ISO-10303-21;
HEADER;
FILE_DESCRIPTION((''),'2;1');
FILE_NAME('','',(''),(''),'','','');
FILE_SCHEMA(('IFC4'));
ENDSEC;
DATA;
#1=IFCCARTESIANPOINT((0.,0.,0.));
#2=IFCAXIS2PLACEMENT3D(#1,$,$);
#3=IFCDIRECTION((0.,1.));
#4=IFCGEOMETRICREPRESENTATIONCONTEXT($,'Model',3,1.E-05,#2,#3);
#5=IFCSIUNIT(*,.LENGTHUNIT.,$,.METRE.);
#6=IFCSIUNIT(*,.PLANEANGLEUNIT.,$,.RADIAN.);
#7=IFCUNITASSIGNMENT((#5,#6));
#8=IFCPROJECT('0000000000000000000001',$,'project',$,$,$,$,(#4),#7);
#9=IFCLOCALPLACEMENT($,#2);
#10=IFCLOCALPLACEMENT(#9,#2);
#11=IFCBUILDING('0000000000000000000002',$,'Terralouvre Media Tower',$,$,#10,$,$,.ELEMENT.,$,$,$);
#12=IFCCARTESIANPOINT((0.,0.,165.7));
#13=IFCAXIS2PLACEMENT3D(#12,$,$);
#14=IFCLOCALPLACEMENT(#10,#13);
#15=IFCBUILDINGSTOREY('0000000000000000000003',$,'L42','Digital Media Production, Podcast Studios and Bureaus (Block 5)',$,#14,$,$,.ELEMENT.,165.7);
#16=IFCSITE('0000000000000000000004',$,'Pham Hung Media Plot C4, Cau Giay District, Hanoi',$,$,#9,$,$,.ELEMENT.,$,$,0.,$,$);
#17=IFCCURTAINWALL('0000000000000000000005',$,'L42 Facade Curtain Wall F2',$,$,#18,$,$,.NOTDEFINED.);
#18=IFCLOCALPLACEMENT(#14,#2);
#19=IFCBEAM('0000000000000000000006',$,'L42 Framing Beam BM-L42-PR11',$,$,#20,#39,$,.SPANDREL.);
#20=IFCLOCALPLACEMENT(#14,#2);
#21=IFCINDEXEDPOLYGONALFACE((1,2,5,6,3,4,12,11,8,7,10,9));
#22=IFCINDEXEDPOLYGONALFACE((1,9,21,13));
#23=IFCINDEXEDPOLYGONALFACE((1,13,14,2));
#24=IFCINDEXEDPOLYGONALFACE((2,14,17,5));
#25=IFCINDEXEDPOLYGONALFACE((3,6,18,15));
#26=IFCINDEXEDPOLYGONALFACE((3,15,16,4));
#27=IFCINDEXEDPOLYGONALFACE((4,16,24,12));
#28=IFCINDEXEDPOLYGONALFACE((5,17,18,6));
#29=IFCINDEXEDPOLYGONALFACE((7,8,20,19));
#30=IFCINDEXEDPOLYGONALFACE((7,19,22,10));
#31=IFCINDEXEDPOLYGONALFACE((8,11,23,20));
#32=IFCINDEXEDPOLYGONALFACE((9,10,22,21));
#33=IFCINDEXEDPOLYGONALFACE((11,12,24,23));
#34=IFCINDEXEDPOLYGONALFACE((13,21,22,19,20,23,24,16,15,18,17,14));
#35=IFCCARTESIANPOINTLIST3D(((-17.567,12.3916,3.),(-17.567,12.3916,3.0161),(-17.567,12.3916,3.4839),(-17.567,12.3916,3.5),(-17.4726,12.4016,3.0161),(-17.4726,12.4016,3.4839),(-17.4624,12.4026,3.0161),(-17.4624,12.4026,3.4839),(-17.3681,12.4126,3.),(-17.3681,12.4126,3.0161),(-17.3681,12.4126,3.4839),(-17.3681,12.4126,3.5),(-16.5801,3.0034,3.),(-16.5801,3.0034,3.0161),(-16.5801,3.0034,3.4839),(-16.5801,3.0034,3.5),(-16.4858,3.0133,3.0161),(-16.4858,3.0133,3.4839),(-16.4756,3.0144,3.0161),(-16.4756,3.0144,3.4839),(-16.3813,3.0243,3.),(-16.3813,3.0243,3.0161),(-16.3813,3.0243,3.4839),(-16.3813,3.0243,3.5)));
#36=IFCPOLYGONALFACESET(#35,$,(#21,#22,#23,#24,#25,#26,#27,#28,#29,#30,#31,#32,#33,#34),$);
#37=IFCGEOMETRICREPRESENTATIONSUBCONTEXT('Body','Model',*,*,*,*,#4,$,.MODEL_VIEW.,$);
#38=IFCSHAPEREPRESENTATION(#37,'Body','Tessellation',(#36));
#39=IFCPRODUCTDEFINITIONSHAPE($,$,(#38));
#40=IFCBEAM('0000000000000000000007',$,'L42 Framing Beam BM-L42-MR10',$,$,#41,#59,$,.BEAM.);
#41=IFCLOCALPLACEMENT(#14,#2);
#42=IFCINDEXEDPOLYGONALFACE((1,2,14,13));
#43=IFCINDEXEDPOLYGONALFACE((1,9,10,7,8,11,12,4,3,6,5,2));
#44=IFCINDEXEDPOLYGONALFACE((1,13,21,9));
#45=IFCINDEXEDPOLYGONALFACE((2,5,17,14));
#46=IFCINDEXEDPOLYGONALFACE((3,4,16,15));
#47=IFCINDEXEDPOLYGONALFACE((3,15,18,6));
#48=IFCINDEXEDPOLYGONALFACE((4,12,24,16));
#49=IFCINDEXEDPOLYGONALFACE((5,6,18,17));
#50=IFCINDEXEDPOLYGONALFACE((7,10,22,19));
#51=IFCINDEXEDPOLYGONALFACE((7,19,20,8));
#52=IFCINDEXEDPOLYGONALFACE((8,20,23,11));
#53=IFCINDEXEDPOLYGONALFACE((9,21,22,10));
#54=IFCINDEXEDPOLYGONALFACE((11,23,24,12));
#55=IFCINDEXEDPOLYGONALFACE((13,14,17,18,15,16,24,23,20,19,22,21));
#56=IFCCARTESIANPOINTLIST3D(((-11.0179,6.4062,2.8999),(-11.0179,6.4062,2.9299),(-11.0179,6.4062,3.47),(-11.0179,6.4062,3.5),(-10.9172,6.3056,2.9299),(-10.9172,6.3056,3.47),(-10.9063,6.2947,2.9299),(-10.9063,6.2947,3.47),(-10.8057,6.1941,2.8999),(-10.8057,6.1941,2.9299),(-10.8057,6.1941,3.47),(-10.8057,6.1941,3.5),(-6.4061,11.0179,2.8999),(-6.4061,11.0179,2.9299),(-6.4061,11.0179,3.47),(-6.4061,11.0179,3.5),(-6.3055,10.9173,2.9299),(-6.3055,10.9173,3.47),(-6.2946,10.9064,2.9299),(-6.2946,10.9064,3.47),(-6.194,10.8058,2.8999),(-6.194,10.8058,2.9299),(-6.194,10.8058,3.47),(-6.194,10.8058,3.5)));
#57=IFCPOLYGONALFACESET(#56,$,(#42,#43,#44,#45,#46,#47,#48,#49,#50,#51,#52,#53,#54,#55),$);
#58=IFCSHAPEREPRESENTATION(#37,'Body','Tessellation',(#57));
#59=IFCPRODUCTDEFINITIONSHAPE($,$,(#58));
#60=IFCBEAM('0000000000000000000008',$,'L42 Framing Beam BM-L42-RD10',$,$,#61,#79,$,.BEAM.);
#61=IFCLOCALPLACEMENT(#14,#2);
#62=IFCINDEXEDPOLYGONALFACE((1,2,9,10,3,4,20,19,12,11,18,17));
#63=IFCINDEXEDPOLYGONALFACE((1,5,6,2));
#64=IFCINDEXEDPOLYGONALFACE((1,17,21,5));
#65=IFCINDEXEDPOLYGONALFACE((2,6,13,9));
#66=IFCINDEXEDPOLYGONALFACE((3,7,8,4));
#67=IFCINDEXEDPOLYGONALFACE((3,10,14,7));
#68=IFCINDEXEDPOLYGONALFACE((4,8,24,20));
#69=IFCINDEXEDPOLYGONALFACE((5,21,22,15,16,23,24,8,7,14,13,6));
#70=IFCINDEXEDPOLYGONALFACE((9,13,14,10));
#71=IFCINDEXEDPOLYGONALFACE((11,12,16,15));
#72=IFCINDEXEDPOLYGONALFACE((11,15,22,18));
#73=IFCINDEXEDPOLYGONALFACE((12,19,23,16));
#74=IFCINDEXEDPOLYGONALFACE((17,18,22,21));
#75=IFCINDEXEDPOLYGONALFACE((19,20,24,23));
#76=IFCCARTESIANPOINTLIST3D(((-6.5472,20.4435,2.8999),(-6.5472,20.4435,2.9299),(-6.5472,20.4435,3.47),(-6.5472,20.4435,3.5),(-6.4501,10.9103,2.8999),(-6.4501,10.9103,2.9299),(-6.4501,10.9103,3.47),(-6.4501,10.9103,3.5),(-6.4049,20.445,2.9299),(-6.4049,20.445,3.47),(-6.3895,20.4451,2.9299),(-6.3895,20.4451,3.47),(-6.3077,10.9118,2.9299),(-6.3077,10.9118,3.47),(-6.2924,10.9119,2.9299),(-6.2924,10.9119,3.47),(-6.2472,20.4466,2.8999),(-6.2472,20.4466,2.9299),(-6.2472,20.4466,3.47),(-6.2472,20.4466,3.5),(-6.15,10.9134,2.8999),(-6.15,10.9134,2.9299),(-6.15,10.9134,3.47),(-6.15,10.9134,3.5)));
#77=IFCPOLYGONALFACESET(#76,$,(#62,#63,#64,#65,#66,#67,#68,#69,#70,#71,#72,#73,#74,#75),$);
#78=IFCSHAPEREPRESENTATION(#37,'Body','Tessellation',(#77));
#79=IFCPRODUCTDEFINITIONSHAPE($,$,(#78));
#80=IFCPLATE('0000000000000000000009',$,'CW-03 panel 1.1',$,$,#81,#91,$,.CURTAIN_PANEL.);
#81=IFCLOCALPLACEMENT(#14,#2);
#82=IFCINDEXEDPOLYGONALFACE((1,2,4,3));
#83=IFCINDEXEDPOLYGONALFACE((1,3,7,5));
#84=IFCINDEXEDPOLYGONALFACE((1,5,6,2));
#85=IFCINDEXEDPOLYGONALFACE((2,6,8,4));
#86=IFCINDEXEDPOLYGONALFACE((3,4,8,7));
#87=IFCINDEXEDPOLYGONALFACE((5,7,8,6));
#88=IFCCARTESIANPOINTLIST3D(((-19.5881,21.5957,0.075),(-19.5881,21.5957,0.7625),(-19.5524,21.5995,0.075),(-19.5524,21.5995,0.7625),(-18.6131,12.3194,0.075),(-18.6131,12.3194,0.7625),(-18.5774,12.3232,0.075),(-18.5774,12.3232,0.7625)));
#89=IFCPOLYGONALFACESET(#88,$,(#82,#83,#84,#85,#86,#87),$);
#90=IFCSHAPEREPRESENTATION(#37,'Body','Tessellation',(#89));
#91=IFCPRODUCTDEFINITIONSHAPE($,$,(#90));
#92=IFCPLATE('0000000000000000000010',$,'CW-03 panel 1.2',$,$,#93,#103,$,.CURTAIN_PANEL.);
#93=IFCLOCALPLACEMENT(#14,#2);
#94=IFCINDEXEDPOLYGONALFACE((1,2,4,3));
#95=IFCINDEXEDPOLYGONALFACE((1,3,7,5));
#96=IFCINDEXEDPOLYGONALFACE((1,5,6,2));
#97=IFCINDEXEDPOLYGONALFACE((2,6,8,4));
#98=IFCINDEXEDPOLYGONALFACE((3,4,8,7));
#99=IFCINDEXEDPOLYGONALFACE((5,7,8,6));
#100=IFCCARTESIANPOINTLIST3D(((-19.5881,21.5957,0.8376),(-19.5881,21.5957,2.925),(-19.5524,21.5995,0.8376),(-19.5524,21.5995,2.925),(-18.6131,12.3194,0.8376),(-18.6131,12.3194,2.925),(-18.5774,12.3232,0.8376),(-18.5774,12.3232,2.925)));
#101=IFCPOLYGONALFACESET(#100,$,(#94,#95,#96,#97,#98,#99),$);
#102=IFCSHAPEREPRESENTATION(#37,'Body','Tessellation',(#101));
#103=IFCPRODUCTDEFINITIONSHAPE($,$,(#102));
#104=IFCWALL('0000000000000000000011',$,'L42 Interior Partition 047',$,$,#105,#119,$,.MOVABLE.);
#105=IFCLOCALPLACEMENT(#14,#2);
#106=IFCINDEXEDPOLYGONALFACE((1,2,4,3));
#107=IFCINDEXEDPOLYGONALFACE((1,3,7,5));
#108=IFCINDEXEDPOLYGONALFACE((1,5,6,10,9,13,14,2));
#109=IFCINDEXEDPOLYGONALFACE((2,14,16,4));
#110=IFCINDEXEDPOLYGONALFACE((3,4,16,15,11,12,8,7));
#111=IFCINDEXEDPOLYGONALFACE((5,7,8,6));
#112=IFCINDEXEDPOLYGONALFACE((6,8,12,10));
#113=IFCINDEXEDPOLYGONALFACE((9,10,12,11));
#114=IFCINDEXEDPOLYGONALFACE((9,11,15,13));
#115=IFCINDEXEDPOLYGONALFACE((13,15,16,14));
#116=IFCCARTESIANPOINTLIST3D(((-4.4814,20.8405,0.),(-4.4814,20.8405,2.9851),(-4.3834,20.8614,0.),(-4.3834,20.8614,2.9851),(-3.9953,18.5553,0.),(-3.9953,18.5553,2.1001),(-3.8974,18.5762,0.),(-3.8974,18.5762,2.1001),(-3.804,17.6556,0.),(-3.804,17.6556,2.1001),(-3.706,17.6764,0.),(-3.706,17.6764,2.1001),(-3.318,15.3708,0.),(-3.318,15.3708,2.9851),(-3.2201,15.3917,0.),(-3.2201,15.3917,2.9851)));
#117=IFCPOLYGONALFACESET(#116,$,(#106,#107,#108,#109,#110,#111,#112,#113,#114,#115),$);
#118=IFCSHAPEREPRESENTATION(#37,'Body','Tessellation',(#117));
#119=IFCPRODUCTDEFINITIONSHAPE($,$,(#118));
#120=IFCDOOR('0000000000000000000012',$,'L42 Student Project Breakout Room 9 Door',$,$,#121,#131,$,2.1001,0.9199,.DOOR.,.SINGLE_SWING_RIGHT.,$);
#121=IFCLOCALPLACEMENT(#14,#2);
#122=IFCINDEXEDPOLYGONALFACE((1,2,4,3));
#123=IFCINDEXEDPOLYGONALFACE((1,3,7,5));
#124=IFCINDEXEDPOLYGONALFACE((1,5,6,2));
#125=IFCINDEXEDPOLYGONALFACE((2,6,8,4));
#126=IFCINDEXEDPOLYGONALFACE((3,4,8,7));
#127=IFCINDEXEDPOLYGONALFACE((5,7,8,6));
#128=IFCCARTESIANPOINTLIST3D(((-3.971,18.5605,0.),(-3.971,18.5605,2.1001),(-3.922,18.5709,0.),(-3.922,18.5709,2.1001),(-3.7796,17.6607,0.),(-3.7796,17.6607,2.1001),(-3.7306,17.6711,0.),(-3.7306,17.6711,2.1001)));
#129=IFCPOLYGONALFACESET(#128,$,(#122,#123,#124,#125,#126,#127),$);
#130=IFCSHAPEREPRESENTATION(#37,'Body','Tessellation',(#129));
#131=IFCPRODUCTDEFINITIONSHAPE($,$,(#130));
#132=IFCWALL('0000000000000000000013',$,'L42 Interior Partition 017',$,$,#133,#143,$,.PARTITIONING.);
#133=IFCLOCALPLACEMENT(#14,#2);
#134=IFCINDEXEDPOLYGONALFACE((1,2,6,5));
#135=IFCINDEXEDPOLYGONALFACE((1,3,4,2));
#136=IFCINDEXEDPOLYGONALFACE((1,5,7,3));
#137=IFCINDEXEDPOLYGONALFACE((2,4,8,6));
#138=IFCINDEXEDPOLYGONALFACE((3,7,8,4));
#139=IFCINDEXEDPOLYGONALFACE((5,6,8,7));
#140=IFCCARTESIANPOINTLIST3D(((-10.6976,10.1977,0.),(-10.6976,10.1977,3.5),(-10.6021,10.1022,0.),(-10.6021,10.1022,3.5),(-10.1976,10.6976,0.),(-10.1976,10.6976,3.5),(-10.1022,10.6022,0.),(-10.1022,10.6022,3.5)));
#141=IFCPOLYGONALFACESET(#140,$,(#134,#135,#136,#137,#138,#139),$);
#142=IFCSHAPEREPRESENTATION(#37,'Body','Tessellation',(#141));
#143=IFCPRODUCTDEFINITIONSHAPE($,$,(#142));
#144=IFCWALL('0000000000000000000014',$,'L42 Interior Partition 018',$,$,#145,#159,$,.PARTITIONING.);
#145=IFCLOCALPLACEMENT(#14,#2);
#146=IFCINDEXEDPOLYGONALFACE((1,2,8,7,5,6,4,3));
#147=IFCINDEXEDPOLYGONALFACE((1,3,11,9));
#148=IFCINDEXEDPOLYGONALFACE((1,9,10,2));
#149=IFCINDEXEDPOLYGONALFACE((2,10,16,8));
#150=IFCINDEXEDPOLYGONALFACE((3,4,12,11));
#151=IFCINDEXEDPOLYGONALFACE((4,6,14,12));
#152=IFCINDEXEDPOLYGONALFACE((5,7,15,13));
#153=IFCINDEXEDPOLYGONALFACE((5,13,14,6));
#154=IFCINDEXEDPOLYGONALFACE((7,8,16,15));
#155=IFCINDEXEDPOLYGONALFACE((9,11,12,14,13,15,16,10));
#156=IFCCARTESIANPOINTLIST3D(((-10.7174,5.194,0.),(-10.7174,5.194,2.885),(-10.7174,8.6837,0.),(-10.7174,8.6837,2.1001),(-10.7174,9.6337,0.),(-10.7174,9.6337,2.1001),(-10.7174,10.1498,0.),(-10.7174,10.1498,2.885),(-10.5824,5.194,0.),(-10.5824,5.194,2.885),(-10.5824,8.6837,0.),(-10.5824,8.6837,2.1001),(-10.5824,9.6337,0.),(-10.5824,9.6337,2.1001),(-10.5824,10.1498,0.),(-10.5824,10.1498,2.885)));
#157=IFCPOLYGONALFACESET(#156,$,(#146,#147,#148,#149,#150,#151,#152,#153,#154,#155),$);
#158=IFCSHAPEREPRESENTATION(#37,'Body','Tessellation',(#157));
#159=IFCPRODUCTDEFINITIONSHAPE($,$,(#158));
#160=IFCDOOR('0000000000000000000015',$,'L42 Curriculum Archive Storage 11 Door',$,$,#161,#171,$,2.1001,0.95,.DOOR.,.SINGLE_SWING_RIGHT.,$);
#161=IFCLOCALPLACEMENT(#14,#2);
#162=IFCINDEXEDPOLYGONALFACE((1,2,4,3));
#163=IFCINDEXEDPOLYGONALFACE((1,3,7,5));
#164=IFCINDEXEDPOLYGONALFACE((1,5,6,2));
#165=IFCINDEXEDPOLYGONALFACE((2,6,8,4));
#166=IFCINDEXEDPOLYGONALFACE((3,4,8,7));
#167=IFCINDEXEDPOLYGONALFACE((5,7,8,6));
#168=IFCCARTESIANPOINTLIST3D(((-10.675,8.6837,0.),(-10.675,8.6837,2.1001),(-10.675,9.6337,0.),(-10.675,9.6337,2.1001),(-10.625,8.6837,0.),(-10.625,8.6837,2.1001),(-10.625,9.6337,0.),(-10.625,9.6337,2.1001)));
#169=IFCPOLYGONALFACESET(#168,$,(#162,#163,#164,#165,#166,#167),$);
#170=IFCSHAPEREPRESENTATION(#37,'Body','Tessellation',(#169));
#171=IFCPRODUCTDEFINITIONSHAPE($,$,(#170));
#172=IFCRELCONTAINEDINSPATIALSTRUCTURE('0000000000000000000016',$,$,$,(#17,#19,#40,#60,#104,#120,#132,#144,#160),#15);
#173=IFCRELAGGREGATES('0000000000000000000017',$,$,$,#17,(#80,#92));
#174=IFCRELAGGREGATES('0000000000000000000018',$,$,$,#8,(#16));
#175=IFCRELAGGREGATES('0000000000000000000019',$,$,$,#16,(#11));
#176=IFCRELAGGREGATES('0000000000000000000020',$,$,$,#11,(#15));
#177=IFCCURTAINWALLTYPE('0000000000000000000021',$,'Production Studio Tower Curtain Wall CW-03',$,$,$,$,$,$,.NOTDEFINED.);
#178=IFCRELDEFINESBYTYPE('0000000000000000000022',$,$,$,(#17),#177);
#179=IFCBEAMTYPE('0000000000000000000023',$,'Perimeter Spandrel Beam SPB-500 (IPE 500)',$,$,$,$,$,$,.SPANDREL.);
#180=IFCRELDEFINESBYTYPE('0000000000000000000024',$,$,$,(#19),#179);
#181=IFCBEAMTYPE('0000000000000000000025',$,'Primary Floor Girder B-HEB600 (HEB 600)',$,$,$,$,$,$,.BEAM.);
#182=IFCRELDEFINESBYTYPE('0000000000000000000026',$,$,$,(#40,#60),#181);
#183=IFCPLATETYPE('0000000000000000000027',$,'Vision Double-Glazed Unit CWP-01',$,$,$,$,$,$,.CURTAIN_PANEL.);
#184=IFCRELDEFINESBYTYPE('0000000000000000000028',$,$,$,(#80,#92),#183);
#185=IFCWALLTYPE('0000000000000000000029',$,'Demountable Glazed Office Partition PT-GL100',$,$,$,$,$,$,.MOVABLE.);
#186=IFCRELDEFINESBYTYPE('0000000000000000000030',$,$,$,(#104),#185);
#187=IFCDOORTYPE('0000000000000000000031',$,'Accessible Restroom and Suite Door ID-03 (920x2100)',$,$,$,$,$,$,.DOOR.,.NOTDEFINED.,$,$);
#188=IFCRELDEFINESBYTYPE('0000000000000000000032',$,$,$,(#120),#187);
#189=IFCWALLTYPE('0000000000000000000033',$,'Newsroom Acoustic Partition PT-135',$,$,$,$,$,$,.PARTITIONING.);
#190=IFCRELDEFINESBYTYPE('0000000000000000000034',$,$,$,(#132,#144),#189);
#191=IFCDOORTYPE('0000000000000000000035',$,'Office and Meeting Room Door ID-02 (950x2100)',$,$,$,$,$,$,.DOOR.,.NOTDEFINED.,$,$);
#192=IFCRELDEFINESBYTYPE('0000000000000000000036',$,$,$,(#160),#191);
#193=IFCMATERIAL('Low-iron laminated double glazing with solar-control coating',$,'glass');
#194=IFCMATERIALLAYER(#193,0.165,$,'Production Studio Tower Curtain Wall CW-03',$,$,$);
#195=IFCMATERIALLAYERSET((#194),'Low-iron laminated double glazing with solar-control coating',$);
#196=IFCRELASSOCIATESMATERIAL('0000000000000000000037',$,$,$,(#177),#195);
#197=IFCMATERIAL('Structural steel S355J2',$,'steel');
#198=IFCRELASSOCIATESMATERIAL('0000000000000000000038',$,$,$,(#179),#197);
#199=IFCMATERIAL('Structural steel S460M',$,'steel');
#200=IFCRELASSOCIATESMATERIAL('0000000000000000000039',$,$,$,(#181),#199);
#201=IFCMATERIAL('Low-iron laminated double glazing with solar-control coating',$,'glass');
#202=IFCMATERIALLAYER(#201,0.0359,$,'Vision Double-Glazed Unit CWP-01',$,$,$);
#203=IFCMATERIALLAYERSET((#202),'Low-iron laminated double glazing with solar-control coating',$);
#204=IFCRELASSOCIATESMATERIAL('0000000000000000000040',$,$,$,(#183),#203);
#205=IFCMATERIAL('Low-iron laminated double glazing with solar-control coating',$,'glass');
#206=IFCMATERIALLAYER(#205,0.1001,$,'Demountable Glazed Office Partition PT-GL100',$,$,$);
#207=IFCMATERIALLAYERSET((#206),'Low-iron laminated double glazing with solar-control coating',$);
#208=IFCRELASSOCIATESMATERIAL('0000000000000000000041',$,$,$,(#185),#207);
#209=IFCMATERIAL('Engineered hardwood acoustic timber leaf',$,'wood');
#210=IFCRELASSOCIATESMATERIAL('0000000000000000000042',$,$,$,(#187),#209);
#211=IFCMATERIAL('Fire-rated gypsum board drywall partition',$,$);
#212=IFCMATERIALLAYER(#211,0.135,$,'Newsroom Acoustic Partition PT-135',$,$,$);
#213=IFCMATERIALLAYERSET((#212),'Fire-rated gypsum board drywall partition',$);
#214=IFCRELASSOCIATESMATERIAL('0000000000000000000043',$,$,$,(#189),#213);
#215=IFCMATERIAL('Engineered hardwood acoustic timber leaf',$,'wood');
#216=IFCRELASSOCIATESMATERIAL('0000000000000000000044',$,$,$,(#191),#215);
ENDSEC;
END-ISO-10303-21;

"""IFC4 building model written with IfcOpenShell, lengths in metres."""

from ifc_helpers import new_model, si_unit, direction, frame, frame_2d, origin, origin_2d, place, context, subcontext, project, spatial, rectangle, i_section, extrude, material, layer, layer_set, material_profile, profile_set, type_object, element, fill, aggregate, save


model = new_model("IFC4")

# Units and contexts
model_context = context("Model", 3, precision=1e-05, world=origin(), true_north=direction((0.0, 1.0)))
body_context = subcontext(model_context, "Body", "Model", "MODEL_VIEW")
ifc_project = project(units=[si_unit("LENGTHUNIT", "METRE"), si_unit("PLANEANGLEUNIT", "RADIAN")], contexts=[model_context])

# Site, building, storey
site_placement = place(None, origin())
site = spatial("IfcSite", under=ifc_project, at=site_placement, Name="Pham Hung Media Plot C4, Cau Giay District, Hanoi", CompositionType="ELEMENT", RefElevation=0.0)
building_placement = place(site_placement, origin())
building = spatial("IfcBuilding", under=site, at=building_placement, Name="Terralouvre Media Tower", CompositionType="ELEMENT")
storey_placement = place(building_placement, frame((0.0, 0.0, 165.7)))
storey = spatial("IfcBuildingStorey", under=building, at=storey_placement, Name="L42", Description="Digital Media Production, Podcast Studios and Bureaus (Block 5)", CompositionType="ELEMENT", Elevation=165.7)

# Curtain wall
ifc_material_1 = material(Name="Low-iron laminated double glazing with solar-control coating", Category="glass")
ifc_layer_1 = layer(ifc_material_1, 0.165, Name="Production Studio Tower Curtain Wall CW-03")
ifc_layer_set_1 = layer_set([ifc_layer_1], Name="Low-iron laminated double glazing with solar-control coating")
curtain_wall_type = type_object("IfcCurtainWallType", Name="Production Studio Tower Curtain Wall CW-03", PredefinedType="NOTDEFINED", material=ifc_layer_set_1)
curtain_wall_1_placement = place(storey_placement, origin())
curtain_wall_1 = element("IfcCurtainWall", 1, at=curtain_wall_1_placement, inside=storey, type_object=curtain_wall_type, Name="L42 Facade Curtain Wall F2", PredefinedType="NOTDEFINED")

# Beams
ifc_material_2 = material(Name="Structural steel S355J2", Category="steel")
ifc_material_profile_1 = material_profile(ifc_material_2, i_section(OverallWidth=0.2, OverallDepth=0.5, WebThickness=0.0103, FlangeThickness=0.0161, at=origin_2d()), Name="IPE 500")
ifc_profile_set_1 = profile_set([ifc_material_profile_1], Name="Structural steel S355J2")
beam_type_1 = type_object("IfcBeamType", Name="Perimeter Spandrel Beam SPB-500 (IPE 500)", PredefinedType="SPANDREL", material=ifc_profile_set_1)
beam_1_placement = place(storey_placement, frame((-17.4675, 12.4021, 3.25), z_axis=(0.104537, -0.994521, 0.0), x_axis=(0.994521, 0.104537, 0.0)))
element("IfcBeam", 2, at=beam_1_placement, inside=storey, type_object=beam_type_1, Name="L42 Framing Beam BM-L42-PR11", PredefinedType="SPANDREL", context=body_context, shape_type="SweptSolid", body=[
    extrude(i_section(OverallWidth=0.2, OverallDepth=0.5, WebThickness=0.0103, FlangeThickness=0.0161, at=origin_2d()), origin(), (0.0, 0.0, 1.0), 9.4399),
])
ifc_material_3 = material(Name="Structural steel S460M", Category="steel")
ifc_material_profile_2 = material_profile(ifc_material_3, i_section(OverallWidth=0.3, OverallDepth=0.6001, WebThickness=0.0154, FlangeThickness=0.03, at=origin_2d()), Name="HEB 600")
ifc_profile_set_2 = profile_set([ifc_material_profile_2], Name="Structural steel S460M")
beam_type_2 = type_object("IfcBeamType", Name="Primary Floor Girder B-HEB600 (HEB 600)", PredefinedType="BEAM", material=ifc_profile_set_2)
beam_2_placement = place(storey_placement, frame((-6.3, 10.9119, 3.2), z_axis=(-0.707107, -0.707107, 0.0), x_axis=(0.707107, -0.707107, 0.0)))
element("IfcBeam", 3, at=beam_2_placement, inside=storey, type_object=beam_type_2, Name="L42 Framing Beam BM-L42-MR10", PredefinedType="BEAM", context=body_context, shape_type="SweptSolid", body=[
    extrude(i_section(OverallWidth=0.3, OverallDepth=0.6001, WebThickness=0.0154, FlangeThickness=0.03, at=origin_2d()), origin(), (0.0, 0.0, 1.0), 6.522),
])
beam_3_placement = place(storey_placement, frame((-6.3, 10.9119, 3.2), z_axis=(-0.010192, 0.999948, 0.0), x_axis=(-0.999948, -0.010192, 0.0)))
element("IfcBeam", 4, at=beam_3_placement, inside=storey, type_object=beam_type_2, Name="L42 Framing Beam BM-L42-RD10", PredefinedType="BEAM", context=body_context, shape_type="SweptSolid", body=[
    extrude(i_section(OverallWidth=0.3, OverallDepth=0.6001, WebThickness=0.0154, FlangeThickness=0.03, at=origin_2d()), origin(), (0.0, 0.0, 1.0), 9.5337),
])

# Plates
ifc_material_4 = material(Name="Low-iron laminated double glazing with solar-control coating", Category="glass")
ifc_layer_2 = layer(ifc_material_4, 0.0359, Name="Vision Double-Glazed Unit CWP-01")
ifc_layer_set_2 = layer_set([ifc_layer_2], Name="Low-iron laminated double glazing with solar-control coating")
plate_type = type_object("IfcPlateType", Name="Vision Double-Glazed Unit CWP-01", PredefinedType="CURTAIN_PANEL", material=ifc_layer_set_2)
plate_1_placement = place(storey_placement, frame((-19.0828, 16.9595, 0.075), z_axis=(0.0, 0.0, 1.0), x_axis=(0.104528, -0.994522, 0.0)))
plate_1 = element("IfcPlate", 5, at=plate_1_placement, type_object=plate_type, Name="CW-03 panel 1.1", PredefinedType="CURTAIN_PANEL", context=body_context, shape_type="SweptSolid", body=[
    extrude(rectangle(XDim=9.3274, YDim=0.0359, at=origin_2d()), origin(), (0.0, 0.0, 1.0), 0.6875),
])
plate_2_placement = place(storey_placement, frame((-19.0828, 16.9595, 0.8376), z_axis=(0.0, 0.0, 1.0), x_axis=(0.104528, -0.994522, 0.0)))
plate_2 = element("IfcPlate", 6, at=plate_2_placement, type_object=plate_type, Name="CW-03 panel 1.2", PredefinedType="CURTAIN_PANEL", context=body_context, shape_type="SweptSolid", body=[
    extrude(rectangle(XDim=9.3274, YDim=0.0359, at=origin_2d()), origin(), (0.0, 0.0, 1.0), 2.0874),
])
aggregate(curtain_wall_1, [plate_1, plate_2])

# Wall, opening, door
ifc_material_5 = material(Name="Low-iron laminated double glazing with solar-control coating", Category="glass")
ifc_layer_3 = layer(ifc_material_5, 0.1001, Name="Demountable Glazed Office Partition PT-GL100")
ifc_layer_set_3 = layer_set([ifc_layer_3], Name="Low-iron laminated double glazing with solar-control coating")
wall_type_1 = type_object("IfcWallType", Name="Demountable Glazed Office Partition PT-GL100", PredefinedType="MOVABLE", material=ifc_layer_set_3)
wall_1_placement = place(storey_placement, frame((-4.4324, 20.8508, 0.0), z_axis=(0.0, 0.0, 1.0), x_axis=(0.208032, -0.978122, 0.0)))
wall_1 = element("IfcWall", 7, at=wall_1_placement, inside=storey, type_object=wall_type_1, Name="L42 Interior Partition 047", PredefinedType="MOVABLE", context=body_context, shape_type="SweptSolid", body=[
    extrude(rectangle(XDim=5.592, YDim=0.1001, at=frame_2d((2.7959, 0.0))), origin(), (0.0, 0.0, 1.0), 2.9851),
])
opening_1_placement = place(wall_1_placement, frame((2.3362, 0.0, 0.0)))
opening_1 = element("IfcOpeningElement", 8, at=opening_1_placement, cuts=wall_1, PredefinedType="OPENING", context=body_context, shape_type="SweptSolid", body=[
    extrude(rectangle(XDim=0.9199, YDim=2.1001, at=frame_2d((0.46, 1.05))), frame((0.0, 0.0601, 0.0), z_axis=(0.0, -1.0, 0.0), x_axis=(1.0, 0.0, 0.0)), (0.0, 0.0, 1.0), 0.1201),
])
ifc_material_6 = material(Name="Engineered hardwood acoustic timber leaf", Category="wood")
door_type_1 = type_object("IfcDoorType", Name="Accessible Restroom and Suite Door ID-03 (920x2100)", OperationType="NOTDEFINED", PredefinedType="DOOR", material=ifc_material_6)
door_1_placement = place(opening_1_placement, origin())
door_1 = element("IfcDoor", 9, at=door_1_placement, inside=storey, type_object=door_type_1, Name="L42 Student Project Breakout Room 9 Door", OperationType="SINGLE_SWING_RIGHT", OverallHeight=2.1001, OverallWidth=0.9199, PredefinedType="DOOR", context=body_context, shape_type="SweptSolid", body=[
    extrude(rectangle(XDim=0.9199, YDim=2.1001, at=frame_2d((0.46, 1.05))), frame((0.0, 0.0249, 0.0), z_axis=(0.0, -1.0, 0.0), x_axis=(1.0, 0.0, 0.0)), (0.0, 0.0, 1.0), 0.05),
])
fill(opening_1, door_1)

# Wall
ifc_material_7 = material(Name="Fire-rated gypsum board drywall partition")
ifc_layer_4 = layer(ifc_material_7, 0.135, Name="Newsroom Acoustic Partition PT-135")
ifc_layer_set_4 = layer_set([ifc_layer_4], Name="Fire-rated gypsum board drywall partition")
wall_type_2 = type_object("IfcWallType", Name="Newsroom Acoustic Partition PT-135", PredefinedType="PARTITIONING", material=ifc_layer_set_4)
wall_2_placement = place(storey_placement, frame((-10.1499, 10.6499, 0.0), z_axis=(0.0, 0.0, 1.0), x_axis=(-0.707107, -0.707107, 0.0)))
element("IfcWall", 10, at=wall_2_placement, inside=storey, type_object=wall_type_2, Name="L42 Interior Partition 017", PredefinedType="PARTITIONING", context=body_context, shape_type="SweptSolid", body=[
    extrude(rectangle(XDim=0.707, YDim=0.135, at=frame_2d((0.3535, 0.0))), origin(), (0.0, 0.0, 1.0), 3.5),
])

# Wall, opening, door
wall_3_placement = place(storey_placement, frame((-10.6499, 10.1499, 0.0), z_axis=(0.0, 0.0, 1.0), x_axis=(0.0, -1.0, 0.0)))
wall_3 = element("IfcWall", 11, at=wall_3_placement, inside=storey, type_object=wall_type_2, Name="L42 Interior Partition 018", PredefinedType="PARTITIONING", context=body_context, shape_type="SweptSolid", body=[
    extrude(rectangle(XDim=4.9558, YDim=0.135, at=frame_2d((2.478, 0.0))), origin(), (0.0, 0.0, 1.0), 2.885),
])
opening_2_placement = place(wall_3_placement, frame((0.5161, 0.0, 0.0)))
opening_2 = element("IfcOpeningElement", 12, at=opening_2_placement, cuts=wall_3, PredefinedType="OPENING", context=body_context, shape_type="SweptSolid", body=[
    extrude(rectangle(XDim=0.95, YDim=2.1001, at=frame_2d((0.4751, 1.05))), frame((0.0, 0.0774, 0.0), z_axis=(0.0, -1.0, 0.0), x_axis=(1.0, 0.0, 0.0)), (0.0, 0.0, 1.0), 0.155),
])
ifc_material_8 = material(Name="Engineered hardwood acoustic timber leaf", Category="wood")
door_type_2 = type_object("IfcDoorType", Name="Office and Meeting Room Door ID-02 (950x2100)", OperationType="NOTDEFINED", PredefinedType="DOOR", material=ifc_material_8)
door_2_placement = place(opening_2_placement, origin())
door_2 = element("IfcDoor", 13, at=door_2_placement, inside=storey, type_object=door_type_2, Name="L42 Curriculum Archive Storage 11 Door", OperationType="SINGLE_SWING_RIGHT", OverallHeight=2.1001, OverallWidth=0.95, PredefinedType="DOOR", context=body_context, shape_type="SweptSolid", body=[
    extrude(rectangle(XDim=0.95, YDim=2.1001, at=frame_2d((0.4751, 1.05))), frame((0.0, 0.0249, 0.0), z_axis=(0.0, -1.0, 0.0), x_axis=(1.0, 0.0, 0.0)), (0.0, 0.0, 1.0), 0.05),
])
fill(opening_2, door_2)

save(model, "model.ifc")
